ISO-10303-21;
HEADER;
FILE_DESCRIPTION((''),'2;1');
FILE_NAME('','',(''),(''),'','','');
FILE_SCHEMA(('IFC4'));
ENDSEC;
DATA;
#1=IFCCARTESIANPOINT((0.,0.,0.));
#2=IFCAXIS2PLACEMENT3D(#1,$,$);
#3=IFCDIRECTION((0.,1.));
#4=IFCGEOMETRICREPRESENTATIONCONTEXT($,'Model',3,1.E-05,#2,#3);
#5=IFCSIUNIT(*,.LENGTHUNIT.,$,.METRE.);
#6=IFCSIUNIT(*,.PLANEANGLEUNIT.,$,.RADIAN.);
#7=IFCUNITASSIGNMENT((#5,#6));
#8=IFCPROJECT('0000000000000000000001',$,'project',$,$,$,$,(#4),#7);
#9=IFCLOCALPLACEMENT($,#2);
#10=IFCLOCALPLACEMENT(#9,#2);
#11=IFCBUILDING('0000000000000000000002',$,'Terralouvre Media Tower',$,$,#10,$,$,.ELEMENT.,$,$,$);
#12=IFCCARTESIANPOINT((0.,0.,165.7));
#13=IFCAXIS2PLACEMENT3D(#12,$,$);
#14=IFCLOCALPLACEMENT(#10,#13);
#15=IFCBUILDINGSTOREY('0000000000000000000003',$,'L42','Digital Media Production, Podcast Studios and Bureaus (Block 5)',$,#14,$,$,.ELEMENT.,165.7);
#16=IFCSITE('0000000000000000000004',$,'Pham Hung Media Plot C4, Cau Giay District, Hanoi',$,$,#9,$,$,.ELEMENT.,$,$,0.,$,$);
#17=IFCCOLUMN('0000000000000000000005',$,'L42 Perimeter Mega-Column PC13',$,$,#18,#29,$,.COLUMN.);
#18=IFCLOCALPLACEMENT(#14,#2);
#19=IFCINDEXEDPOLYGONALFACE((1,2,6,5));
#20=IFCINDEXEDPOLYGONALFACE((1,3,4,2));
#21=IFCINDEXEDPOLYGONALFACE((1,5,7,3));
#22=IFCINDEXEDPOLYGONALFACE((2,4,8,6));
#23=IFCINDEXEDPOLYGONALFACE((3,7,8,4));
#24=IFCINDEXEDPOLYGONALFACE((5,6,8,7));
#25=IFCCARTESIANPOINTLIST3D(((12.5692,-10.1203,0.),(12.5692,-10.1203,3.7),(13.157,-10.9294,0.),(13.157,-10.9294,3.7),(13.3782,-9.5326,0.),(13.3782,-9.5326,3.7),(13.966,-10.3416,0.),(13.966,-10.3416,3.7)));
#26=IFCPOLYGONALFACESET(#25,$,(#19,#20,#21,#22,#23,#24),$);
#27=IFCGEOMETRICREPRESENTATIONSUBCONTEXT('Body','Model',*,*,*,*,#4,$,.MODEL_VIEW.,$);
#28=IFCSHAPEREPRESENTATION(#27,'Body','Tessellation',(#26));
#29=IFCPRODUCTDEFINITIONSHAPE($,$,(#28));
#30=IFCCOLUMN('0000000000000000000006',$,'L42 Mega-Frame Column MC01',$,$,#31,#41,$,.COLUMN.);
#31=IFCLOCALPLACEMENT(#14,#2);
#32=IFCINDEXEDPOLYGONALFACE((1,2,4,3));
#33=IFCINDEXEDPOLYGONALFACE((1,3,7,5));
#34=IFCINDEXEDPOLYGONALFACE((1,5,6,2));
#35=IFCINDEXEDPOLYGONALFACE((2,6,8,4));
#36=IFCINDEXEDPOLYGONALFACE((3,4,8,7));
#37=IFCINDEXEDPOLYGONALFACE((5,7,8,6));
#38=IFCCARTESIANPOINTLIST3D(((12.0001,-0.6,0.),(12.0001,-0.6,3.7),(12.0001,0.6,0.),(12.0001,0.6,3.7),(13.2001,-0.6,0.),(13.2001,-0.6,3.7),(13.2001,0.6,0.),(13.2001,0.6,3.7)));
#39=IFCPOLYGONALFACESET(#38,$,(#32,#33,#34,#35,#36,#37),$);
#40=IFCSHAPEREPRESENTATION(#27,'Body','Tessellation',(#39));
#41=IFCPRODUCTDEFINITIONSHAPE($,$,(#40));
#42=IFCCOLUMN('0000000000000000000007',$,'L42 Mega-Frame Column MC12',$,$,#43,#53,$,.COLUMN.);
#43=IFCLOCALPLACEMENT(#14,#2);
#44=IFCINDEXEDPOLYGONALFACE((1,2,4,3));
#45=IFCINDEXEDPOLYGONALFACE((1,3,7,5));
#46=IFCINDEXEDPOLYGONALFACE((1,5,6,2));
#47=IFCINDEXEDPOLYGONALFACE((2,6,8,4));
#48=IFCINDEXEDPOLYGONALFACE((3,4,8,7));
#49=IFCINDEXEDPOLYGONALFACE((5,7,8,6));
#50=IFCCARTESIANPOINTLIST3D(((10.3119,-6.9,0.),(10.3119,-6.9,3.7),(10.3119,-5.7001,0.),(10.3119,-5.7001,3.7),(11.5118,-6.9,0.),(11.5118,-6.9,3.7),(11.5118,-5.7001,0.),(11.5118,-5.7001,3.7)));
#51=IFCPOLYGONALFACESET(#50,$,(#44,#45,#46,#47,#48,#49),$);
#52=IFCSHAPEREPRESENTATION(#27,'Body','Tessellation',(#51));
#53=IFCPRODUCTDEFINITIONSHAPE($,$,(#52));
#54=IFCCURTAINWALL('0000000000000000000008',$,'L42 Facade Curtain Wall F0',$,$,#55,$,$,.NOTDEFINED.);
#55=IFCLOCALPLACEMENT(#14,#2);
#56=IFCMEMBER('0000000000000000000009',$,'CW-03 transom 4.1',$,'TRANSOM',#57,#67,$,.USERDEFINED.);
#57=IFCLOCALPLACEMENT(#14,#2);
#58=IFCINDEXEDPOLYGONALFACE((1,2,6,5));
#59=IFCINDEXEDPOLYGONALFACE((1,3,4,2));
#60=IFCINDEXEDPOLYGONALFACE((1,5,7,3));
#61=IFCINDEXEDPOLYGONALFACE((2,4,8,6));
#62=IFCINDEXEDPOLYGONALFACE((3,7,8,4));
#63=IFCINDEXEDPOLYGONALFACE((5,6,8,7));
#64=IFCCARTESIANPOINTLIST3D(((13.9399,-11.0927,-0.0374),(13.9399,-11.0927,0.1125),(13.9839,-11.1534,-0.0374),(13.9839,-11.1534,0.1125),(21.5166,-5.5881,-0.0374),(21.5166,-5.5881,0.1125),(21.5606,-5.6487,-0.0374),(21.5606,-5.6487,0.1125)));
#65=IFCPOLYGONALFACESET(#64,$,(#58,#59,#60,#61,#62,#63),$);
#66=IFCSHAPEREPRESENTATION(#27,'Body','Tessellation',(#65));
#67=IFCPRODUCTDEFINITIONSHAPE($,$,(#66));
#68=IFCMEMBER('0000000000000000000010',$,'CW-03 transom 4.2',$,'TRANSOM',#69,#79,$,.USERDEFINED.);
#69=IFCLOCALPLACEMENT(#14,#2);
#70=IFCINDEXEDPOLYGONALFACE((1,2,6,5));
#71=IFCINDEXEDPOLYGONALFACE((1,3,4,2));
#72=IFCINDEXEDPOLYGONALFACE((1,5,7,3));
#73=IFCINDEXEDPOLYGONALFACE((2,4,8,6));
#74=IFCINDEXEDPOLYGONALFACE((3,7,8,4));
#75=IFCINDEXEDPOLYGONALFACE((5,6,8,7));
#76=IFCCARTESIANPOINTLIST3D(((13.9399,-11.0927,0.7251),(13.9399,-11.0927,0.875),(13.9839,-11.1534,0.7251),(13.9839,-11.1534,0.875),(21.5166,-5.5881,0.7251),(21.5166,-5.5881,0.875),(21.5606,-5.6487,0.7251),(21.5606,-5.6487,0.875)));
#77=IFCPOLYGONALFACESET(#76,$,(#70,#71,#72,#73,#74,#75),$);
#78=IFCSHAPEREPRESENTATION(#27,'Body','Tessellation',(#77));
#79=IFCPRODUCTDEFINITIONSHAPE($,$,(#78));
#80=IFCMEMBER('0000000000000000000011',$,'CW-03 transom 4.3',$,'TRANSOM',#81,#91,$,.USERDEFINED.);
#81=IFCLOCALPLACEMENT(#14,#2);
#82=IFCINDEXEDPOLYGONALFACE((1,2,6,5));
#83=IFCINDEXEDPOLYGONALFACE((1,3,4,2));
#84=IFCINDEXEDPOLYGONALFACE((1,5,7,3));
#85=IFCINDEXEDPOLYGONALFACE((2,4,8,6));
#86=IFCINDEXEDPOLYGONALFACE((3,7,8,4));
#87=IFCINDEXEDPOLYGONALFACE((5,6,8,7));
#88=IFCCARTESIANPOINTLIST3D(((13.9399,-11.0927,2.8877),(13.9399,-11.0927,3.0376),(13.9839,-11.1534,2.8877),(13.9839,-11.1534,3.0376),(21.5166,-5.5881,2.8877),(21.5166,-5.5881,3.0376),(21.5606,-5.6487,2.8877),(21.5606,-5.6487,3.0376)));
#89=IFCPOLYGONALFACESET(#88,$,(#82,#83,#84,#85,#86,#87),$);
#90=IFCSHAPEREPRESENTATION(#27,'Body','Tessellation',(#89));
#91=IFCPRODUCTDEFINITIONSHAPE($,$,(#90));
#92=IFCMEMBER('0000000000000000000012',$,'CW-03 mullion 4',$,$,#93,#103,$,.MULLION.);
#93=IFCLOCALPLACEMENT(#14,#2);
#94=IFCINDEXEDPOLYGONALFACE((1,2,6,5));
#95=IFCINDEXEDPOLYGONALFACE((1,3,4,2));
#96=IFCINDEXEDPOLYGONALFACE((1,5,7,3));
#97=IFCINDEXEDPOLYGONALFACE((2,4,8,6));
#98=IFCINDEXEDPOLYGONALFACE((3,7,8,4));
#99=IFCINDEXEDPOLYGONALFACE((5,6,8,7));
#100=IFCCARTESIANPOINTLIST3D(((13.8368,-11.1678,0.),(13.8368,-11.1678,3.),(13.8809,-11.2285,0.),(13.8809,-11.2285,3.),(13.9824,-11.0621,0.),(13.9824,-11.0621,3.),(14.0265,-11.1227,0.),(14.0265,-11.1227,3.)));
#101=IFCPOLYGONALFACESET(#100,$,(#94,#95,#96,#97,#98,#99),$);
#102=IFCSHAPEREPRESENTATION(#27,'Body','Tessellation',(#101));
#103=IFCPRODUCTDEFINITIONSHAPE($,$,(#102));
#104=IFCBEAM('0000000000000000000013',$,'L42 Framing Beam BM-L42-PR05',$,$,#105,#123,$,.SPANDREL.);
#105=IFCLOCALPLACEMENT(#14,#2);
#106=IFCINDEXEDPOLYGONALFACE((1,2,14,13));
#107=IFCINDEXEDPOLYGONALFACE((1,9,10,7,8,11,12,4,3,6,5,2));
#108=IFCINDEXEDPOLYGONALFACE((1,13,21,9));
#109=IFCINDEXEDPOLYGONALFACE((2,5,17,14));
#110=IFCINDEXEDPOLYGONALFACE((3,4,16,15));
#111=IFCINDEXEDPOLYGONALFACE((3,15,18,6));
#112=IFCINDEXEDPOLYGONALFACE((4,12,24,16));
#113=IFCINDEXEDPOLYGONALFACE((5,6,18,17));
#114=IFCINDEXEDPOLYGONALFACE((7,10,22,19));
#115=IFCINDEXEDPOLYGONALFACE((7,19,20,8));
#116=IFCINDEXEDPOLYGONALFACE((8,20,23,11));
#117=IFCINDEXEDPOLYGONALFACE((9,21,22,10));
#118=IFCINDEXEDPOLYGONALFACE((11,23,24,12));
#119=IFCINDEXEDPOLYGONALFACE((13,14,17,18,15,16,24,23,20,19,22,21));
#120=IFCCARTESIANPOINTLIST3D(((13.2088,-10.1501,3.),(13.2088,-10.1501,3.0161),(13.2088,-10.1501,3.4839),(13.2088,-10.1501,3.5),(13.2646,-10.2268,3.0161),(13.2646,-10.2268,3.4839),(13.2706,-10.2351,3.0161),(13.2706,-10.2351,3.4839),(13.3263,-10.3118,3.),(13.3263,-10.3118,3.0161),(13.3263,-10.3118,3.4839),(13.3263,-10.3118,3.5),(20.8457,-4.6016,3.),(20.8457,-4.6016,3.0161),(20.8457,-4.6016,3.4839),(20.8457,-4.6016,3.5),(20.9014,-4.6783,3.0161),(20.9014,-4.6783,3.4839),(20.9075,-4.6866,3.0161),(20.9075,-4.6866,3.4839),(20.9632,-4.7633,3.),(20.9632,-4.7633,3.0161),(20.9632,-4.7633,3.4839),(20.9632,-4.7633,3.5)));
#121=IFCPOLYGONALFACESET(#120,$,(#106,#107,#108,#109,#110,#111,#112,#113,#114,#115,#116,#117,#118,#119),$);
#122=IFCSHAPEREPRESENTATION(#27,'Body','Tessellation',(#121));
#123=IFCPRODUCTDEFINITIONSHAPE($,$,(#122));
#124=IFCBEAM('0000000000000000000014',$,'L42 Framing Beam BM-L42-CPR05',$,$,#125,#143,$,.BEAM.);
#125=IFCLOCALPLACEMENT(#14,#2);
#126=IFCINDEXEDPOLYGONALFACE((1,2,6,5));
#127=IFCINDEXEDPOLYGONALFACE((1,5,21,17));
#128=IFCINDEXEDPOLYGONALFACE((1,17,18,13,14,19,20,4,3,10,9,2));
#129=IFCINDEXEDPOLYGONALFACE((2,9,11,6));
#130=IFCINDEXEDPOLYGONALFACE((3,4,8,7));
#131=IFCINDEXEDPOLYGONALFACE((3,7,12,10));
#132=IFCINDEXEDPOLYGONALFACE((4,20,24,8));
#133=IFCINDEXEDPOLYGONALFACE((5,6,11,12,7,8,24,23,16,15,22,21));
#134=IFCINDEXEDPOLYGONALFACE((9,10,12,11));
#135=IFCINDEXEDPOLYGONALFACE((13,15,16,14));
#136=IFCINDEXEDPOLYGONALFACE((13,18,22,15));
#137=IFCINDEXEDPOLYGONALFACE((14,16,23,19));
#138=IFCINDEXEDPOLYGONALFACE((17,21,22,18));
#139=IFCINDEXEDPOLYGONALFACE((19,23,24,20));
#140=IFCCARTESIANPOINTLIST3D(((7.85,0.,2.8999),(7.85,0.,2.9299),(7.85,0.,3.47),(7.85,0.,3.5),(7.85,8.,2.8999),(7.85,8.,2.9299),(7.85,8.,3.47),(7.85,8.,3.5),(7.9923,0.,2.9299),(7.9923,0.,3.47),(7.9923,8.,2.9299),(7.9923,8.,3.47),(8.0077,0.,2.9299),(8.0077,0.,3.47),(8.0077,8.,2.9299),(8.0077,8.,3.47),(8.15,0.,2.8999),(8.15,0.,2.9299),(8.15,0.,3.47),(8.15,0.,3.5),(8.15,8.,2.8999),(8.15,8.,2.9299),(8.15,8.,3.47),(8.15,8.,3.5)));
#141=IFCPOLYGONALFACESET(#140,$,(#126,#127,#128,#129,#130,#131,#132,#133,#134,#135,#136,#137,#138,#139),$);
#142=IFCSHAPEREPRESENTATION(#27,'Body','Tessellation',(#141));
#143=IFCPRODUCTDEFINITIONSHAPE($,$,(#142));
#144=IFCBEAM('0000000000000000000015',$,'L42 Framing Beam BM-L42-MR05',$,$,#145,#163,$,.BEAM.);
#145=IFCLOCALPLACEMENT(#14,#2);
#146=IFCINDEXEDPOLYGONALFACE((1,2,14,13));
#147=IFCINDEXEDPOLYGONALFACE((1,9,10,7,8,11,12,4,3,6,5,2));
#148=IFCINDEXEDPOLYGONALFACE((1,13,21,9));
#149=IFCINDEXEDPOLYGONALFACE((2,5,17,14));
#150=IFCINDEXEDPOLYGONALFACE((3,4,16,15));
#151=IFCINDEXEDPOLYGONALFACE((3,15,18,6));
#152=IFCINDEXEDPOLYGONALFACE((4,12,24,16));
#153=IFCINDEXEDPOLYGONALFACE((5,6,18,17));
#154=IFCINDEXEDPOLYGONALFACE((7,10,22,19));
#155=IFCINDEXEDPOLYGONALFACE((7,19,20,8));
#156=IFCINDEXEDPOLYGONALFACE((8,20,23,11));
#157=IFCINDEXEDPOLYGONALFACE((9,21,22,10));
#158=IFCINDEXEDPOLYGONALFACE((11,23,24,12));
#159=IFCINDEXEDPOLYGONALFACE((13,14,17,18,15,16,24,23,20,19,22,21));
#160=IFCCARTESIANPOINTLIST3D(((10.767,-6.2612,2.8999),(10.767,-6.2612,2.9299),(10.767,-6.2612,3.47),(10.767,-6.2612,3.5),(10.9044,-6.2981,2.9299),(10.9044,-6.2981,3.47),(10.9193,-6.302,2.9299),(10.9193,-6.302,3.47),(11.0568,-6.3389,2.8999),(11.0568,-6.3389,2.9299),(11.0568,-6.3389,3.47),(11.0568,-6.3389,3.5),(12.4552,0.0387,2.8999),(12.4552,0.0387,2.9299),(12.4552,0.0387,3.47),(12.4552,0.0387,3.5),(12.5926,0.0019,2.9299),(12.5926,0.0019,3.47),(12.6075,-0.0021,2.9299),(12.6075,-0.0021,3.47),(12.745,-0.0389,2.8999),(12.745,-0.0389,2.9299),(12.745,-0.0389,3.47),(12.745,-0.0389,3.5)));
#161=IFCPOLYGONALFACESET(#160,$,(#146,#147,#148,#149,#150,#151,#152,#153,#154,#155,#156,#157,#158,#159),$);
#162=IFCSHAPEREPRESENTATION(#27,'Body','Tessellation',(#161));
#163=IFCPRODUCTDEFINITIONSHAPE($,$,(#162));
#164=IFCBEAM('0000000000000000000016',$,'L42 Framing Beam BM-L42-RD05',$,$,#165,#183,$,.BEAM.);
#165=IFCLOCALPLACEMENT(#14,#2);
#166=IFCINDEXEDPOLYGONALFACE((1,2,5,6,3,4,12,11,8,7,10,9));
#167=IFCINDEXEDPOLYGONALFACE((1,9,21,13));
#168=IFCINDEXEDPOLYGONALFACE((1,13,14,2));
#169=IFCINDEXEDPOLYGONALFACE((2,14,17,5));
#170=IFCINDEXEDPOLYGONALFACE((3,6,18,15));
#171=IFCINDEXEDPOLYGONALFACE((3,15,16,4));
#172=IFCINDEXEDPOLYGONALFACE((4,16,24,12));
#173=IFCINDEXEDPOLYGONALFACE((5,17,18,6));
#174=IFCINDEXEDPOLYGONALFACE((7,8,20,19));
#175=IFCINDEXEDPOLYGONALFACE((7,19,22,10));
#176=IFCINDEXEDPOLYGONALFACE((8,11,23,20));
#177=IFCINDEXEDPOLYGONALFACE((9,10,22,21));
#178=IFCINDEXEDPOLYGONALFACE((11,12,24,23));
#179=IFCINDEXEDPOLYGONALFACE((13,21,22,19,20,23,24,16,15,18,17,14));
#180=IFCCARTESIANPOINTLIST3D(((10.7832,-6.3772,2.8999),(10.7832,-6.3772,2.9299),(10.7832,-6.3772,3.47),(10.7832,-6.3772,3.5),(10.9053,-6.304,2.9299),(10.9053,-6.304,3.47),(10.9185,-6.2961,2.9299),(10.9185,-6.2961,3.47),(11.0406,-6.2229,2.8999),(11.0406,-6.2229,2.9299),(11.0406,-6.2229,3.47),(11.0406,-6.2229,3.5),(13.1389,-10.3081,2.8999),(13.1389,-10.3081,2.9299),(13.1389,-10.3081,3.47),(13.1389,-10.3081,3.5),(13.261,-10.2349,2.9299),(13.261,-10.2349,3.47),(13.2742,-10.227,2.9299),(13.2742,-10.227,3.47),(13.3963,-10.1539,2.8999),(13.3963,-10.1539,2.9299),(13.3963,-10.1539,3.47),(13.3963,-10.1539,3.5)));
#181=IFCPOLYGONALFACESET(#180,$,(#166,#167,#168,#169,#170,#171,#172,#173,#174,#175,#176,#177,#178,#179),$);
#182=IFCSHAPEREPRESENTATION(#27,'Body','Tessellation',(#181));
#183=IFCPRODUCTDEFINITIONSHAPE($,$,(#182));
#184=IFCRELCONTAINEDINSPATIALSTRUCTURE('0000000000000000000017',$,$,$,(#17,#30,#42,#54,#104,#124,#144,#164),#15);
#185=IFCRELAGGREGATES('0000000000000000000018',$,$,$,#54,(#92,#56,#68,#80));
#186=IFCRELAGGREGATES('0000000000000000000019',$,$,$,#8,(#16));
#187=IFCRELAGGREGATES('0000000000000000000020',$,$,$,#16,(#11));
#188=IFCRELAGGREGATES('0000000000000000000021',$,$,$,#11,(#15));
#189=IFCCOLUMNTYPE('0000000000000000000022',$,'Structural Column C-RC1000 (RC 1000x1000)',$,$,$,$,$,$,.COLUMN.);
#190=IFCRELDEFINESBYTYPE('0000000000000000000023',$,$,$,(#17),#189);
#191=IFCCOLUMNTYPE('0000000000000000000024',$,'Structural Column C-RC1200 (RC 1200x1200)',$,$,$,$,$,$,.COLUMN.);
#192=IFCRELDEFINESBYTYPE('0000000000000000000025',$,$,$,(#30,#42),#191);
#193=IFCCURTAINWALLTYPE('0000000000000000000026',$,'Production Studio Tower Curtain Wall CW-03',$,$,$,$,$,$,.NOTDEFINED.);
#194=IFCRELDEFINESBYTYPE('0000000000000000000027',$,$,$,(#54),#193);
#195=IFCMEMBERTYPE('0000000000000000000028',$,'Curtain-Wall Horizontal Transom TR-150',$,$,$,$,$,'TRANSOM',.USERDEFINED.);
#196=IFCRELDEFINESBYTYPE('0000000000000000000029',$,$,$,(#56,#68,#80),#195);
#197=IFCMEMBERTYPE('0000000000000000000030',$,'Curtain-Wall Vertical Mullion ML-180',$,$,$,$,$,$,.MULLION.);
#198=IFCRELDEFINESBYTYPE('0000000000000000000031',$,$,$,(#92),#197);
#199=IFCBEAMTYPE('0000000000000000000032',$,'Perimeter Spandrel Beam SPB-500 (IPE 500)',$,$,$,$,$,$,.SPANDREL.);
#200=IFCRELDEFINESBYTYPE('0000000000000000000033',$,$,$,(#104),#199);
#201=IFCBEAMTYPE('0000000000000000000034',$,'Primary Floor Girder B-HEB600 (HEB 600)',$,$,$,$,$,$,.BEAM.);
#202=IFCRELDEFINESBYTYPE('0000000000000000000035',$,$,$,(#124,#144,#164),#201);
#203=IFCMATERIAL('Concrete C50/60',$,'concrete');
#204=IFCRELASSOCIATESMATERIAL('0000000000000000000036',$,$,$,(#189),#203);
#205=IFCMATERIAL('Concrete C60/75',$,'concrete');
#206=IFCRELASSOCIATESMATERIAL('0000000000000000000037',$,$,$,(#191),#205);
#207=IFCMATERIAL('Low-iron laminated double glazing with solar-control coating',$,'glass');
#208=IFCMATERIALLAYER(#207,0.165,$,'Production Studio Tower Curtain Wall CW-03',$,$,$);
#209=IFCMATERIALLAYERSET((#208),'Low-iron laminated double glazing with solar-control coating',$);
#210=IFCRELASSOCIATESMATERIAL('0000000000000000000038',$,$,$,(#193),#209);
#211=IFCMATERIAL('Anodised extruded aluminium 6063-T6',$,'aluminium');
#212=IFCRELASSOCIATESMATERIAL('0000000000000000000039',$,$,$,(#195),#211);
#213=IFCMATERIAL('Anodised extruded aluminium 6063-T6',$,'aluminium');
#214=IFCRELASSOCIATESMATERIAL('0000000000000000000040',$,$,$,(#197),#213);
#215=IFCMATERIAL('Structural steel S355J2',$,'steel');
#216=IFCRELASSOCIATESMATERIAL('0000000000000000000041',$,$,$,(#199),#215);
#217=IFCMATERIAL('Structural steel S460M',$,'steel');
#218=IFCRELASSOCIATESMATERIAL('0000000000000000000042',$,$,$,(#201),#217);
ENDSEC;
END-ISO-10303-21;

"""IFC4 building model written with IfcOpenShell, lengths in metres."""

from ifc_helpers import new_model, si_unit, direction, frame, origin, origin_2d, place, context, subcontext, project, spatial, rectangle, i_section, extrude, material, layer, layer_set, material_profile, profile_set, type_object, element, aggregate, save


model = new_model("IFC4")

# Units and contexts
model_context = context("Model", 3, precision=1e-05, world=origin(), true_north=direction((0.0, 1.0)))
body_context = subcontext(model_context, "Body", "Model", "MODEL_VIEW")
ifc_project = project(units=[si_unit("LENGTHUNIT", "METRE"), si_unit("PLANEANGLEUNIT", "RADIAN")], contexts=[model_context])

# Site, building, storey
site_placement = place(None, origin())
site = spatial("IfcSite", under=ifc_project, at=site_placement, Name="Pham Hung Media Plot C4, Cau Giay District, Hanoi", CompositionType="ELEMENT", RefElevation=0.0)
building_placement = place(site_placement, origin())
building = spatial("IfcBuilding", under=site, at=building_placement, Name="Terralouvre Media Tower", CompositionType="ELEMENT")
storey_placement = place(building_placement, frame((0.0, 0.0, 165.7)))
storey = spatial("IfcBuildingStorey", under=building, at=storey_placement, Name="L42", Description="Digital Media Production, Podcast Studios and Bureaus (Block 5)", CompositionType="ELEMENT", Elevation=165.7)

# Columns
ifc_material_1 = material(Name="Concrete C50/60", Category="concrete")
ifc_material_profile_1 = material_profile(ifc_material_1, rectangle(XDim=1.0, YDim=1.0, at=origin_2d()), Name="RC 1000x1000")
ifc_profile_set_1 = profile_set([ifc_material_profile_1], Name="Concrete C50/60")
column_type_1 = type_object("IfcColumnType", Name="Structural Column C-RC1000 (RC 1000x1000)", PredefinedType="COLUMN", material=ifc_profile_set_1)
column_placement = place(storey_placement, frame((13.2676, -10.231, 0.0), z_axis=(0.0, 0.0, 1.0), x_axis=(0.809017, 0.587785, 0.0)))
element("IfcColumn", 1, at=column_placement, inside=storey, type_object=column_type_1, Name="L42 Perimeter Mega-Column PC13", PredefinedType="COLUMN", context=body_context, shape_type="SweptSolid", body=[
    extrude(rectangle(XDim=1.0, YDim=1.0, at=origin_2d()), origin(), (0.0, 0.0, 1.0), 3.7),
])
ifc_material_2 = material(Name="Concrete C60/75", Category="concrete")
ifc_material_profile_2 = material_profile(ifc_material_2, rectangle(XDim=1.2, YDim=1.2, at=origin_2d()), Name="RC 1200x1200")
ifc_profile_set_2 = profile_set([ifc_material_profile_2], Name="Concrete C60/75")
column_type_2 = type_object("IfcColumnType", Name="Structural Column C-RC1200 (RC 1200x1200)", PredefinedType="COLUMN", material=ifc_profile_set_2)
for number, where, z_axis, x_axis, name in (
    (2, (12.6001, 0.0, 0.0), (0.0, 0.0, 1.0), (1.0, 0.0, 0.0), "L42 Mega-Frame Column MC01"),
    (3, (10.9119, -6.3, 0.0), (0.0, 0.0, 1.0), (1.0, 0.0, 0.0), "L42 Mega-Frame Column MC12"),
):
    element("IfcColumn", number, at=place(storey_placement, frame(where, z_axis=z_axis, x_axis=x_axis)), inside=storey, type_object=column_type_2, Name=name, PredefinedType="COLUMN", context=body_context, shape_type="SweptSolid", body=[
        extrude(rectangle(XDim=1.2, YDim=1.2, at=origin_2d()), origin(), (0.0, 0.0, 1.0), 3.7),
    ])

# Curtain wall, members
ifc_material_3 = material(Name="Low-iron laminated double glazing with solar-control coating", Category="glass")
ifc_layer_1 = layer(ifc_material_3, 0.165, Name="Production Studio Tower Curtain Wall CW-03")
ifc_layer_set_1 = layer_set([ifc_layer_1], Name="Low-iron laminated double glazing with solar-control coating")
curtain_wall_type = type_object("IfcCurtainWallType", Name="Production Studio Tower Curtain Wall CW-03", PredefinedType="NOTDEFINED", material=ifc_layer_set_1)
curtain_wall_placement = place(storey_placement, origin())
curtain_wall = element("IfcCurtainWall", 4, at=curtain_wall_placement, inside=storey, type_object=curtain_wall_type, Name="L42 Facade Curtain Wall F0", PredefinedType="NOTDEFINED")
ifc_material_4 = material(Name="Anodised extruded aluminium 6063-T6", Category="aluminium")
ifc_material_profile_3 = material_profile(ifc_material_4, rectangle(XDim=0.075, YDim=0.1499, at=origin_2d()), Name="ALU 75x150")
ifc_profile_set_3 = profile_set([ifc_material_profile_3], Name="Anodised extruded aluminium 6063-T6")
member_type_1 = type_object("IfcMemberType", Name="Curtain-Wall Horizontal Transom TR-150", ElementType="TRANSOM", PredefinedType="USERDEFINED", material=ifc_profile_set_3)
member_1_placement = place(storey_placement, frame((13.9619, -11.123, 0.0376), z_axis=(0.809023, 0.587776, 0.0), x_axis=(-0.587776, 0.809023, 0.0)))
member_1 = element("IfcMember", 5, at=member_1_placement, type_object=member_type_1, Name="CW-03 transom 4.1", ObjectType="TRANSOM", PredefinedType="USERDEFINED", context=body_context, shape_type="SweptSolid", body=[
    extrude(rectangle(XDim=0.075, YDim=0.1499, at=origin_2d()), origin(), (0.0, 0.0, 1.0), 9.3652),
])
member_2_placement = place(storey_placement, frame((13.9619, -11.123, 0.8), z_axis=(0.809023, 0.587776, 0.0), x_axis=(-0.587776, 0.809023, 0.0)))
member_2 = element("IfcMember", 6, at=member_2_placement, type_object=member_type_1, Name="CW-03 transom 4.2", ObjectType="TRANSOM", PredefinedType="USERDEFINED", context=body_context, shape_type="SweptSolid", body=[
    extrude(rectangle(XDim=0.075, YDim=0.1499, at=origin_2d()), origin(), (0.0, 0.0, 1.0), 9.3652),
])
member_3_placement = place(storey_placement, frame((13.9619, -11.123, 2.9626), z_axis=(0.809023, 0.587776, 0.0), x_axis=(-0.587776, 0.809023, 0.0)))
member_3 = element("IfcMember", 7, at=member_3_placement, type_object=member_type_1, Name="CW-03 transom 4.3", ObjectType="TRANSOM", PredefinedType="USERDEFINED", context=body_context, shape_type="SweptSolid", body=[
    extrude(rectangle(XDim=0.075, YDim=0.1499, at=origin_2d()), origin(), (0.0, 0.0, 1.0), 9.3652),
])
ifc_material_5 = material(Name="Anodised extruded aluminium 6063-T6", Category="aluminium")
ifc_material_profile_4 = material_profile(ifc_material_5, rectangle(XDim=0.075, YDim=0.1799, at=origin_2d()), Name="ALU 75x180")
ifc_profile_set_4 = profile_set([ifc_material_profile_4], Name="Anodised extruded aluminium 6063-T6")
member_type_2 = type_object("IfcMemberType", Name="Curtain-Wall Vertical Mullion ML-180", PredefinedType="MULLION", material=ifc_profile_set_4)
member_4_placement = place(storey_placement, frame((13.9316, -11.1453, 0.0), z_axis=(0.0, 0.0, 1.0), x_axis=(-0.587785, 0.809017, 0.0)))
member_4 = element("IfcMember", 8, at=member_4_placement, type_object=member_type_2, Name="CW-03 mullion 4", PredefinedType="MULLION", context=body_context, shape_type="SweptSolid", body=[
    extrude(rectangle(XDim=0.075, YDim=0.1799, at=origin_2d()), origin(), (0.0, 0.0, 1.0), 3.0),
])

# Beams
ifc_material_6 = material(Name="Structural steel S355J2", Category="steel")
ifc_material_profile_5 = material_profile(ifc_material_6, i_section(OverallWidth=0.2, OverallDepth=0.5, WebThickness=0.0103, FlangeThickness=0.0161, at=origin_2d()), Name="IPE 500")
ifc_profile_set_5 = profile_set([ifc_material_profile_5], Name="Structural steel S355J2")
beam_type_1 = type_object("IfcBeamType", Name="Perimeter Spandrel Beam SPB-500 (IPE 500)", PredefinedType="SPANDREL", material=ifc_profile_set_5)
beam_1_placement = place(storey_placement, frame((13.2676, -10.231, 3.25), z_axis=(0.809017, 0.587786, 0.0), x_axis=(-0.587786, 0.809017, 0.0)))
element("IfcBeam", 9, at=beam_1_placement, inside=storey, type_object=beam_type_1, Name="L42 Framing Beam BM-L42-PR05", PredefinedType="SPANDREL", context=body_context, shape_type="SweptSolid", body=[
    extrude(i_section(OverallWidth=0.2, OverallDepth=0.5, WebThickness=0.0103, FlangeThickness=0.0161, at=origin_2d()), origin(), (0.0, 0.0, 1.0), 9.4397),
])
ifc_material_7 = material(Name="Structural steel S460M", Category="steel")
ifc_material_profile_6 = material_profile(ifc_material_7, i_section(OverallWidth=0.3, OverallDepth=0.6001, WebThickness=0.0154, FlangeThickness=0.03, at=origin_2d()), Name="HEB 600")
ifc_profile_set_6 = profile_set([ifc_material_profile_6], Name="Structural steel S460M")
beam_type_2 = type_object("IfcBeamType", Name="Primary Floor Girder B-HEB600 (HEB 600)", PredefinedType="BEAM", material=ifc_profile_set_6)
beam_2_placement = place(storey_placement, frame((8.0, 0.0, 3.2), z_axis=(0.0, 1.0, 0.0), x_axis=(-1.0, 0.0, 0.0)))
element("IfcBeam", 10, at=beam_2_placement, inside=storey, type_object=beam_type_2, Name="L42 Framing Beam BM-L42-CPR05", PredefinedType="BEAM", context=body_context, shape_type="SweptSolid", body=[
    extrude(i_section(OverallWidth=0.3, OverallDepth=0.6001, WebThickness=0.0154, FlangeThickness=0.03, at=origin_2d()), origin(), (0.0, 0.0, 1.0), 8.0),
])
beam_3_placement = place(storey_placement, frame((10.9119, -6.3, 3.2), z_axis=(0.258839, 0.96592, 0.0), x_axis=(-0.96592, 0.258839, 0.0)))
element("IfcBeam", 11, at=beam_3_placement, inside=storey, type_object=beam_type_2, Name="L42 Framing Beam BM-L42-MR05", PredefinedType="BEAM", context=body_context, shape_type="SweptSolid", body=[
    extrude(i_section(OverallWidth=0.3, OverallDepth=0.6001, WebThickness=0.0154, FlangeThickness=0.03, at=origin_2d()), origin(), (0.0, 0.0, 1.0), 6.5222),
])
beam_4_placement = place(storey_placement, frame((10.9119, -6.3, 3.2), z_axis=(0.514041, -0.857765, 0.0), x_axis=(0.857765, 0.514041, 0.0)))
element("IfcBeam", 12, at=beam_4_placement, inside=storey, type_object=beam_type_2, Name="L42 Framing Beam BM-L42-RD05", PredefinedType="BEAM", context=body_context, shape_type="SweptSolid", body=[
    extrude(i_section(OverallWidth=0.3, OverallDepth=0.6001, WebThickness=0.0154, FlangeThickness=0.03, at=origin_2d()), origin(), (0.0, 0.0, 1.0), 4.5828),
])

aggregate(curtain_wall, [member_4, member_1, member_2, member_3])

save(model, "model.ifc")
